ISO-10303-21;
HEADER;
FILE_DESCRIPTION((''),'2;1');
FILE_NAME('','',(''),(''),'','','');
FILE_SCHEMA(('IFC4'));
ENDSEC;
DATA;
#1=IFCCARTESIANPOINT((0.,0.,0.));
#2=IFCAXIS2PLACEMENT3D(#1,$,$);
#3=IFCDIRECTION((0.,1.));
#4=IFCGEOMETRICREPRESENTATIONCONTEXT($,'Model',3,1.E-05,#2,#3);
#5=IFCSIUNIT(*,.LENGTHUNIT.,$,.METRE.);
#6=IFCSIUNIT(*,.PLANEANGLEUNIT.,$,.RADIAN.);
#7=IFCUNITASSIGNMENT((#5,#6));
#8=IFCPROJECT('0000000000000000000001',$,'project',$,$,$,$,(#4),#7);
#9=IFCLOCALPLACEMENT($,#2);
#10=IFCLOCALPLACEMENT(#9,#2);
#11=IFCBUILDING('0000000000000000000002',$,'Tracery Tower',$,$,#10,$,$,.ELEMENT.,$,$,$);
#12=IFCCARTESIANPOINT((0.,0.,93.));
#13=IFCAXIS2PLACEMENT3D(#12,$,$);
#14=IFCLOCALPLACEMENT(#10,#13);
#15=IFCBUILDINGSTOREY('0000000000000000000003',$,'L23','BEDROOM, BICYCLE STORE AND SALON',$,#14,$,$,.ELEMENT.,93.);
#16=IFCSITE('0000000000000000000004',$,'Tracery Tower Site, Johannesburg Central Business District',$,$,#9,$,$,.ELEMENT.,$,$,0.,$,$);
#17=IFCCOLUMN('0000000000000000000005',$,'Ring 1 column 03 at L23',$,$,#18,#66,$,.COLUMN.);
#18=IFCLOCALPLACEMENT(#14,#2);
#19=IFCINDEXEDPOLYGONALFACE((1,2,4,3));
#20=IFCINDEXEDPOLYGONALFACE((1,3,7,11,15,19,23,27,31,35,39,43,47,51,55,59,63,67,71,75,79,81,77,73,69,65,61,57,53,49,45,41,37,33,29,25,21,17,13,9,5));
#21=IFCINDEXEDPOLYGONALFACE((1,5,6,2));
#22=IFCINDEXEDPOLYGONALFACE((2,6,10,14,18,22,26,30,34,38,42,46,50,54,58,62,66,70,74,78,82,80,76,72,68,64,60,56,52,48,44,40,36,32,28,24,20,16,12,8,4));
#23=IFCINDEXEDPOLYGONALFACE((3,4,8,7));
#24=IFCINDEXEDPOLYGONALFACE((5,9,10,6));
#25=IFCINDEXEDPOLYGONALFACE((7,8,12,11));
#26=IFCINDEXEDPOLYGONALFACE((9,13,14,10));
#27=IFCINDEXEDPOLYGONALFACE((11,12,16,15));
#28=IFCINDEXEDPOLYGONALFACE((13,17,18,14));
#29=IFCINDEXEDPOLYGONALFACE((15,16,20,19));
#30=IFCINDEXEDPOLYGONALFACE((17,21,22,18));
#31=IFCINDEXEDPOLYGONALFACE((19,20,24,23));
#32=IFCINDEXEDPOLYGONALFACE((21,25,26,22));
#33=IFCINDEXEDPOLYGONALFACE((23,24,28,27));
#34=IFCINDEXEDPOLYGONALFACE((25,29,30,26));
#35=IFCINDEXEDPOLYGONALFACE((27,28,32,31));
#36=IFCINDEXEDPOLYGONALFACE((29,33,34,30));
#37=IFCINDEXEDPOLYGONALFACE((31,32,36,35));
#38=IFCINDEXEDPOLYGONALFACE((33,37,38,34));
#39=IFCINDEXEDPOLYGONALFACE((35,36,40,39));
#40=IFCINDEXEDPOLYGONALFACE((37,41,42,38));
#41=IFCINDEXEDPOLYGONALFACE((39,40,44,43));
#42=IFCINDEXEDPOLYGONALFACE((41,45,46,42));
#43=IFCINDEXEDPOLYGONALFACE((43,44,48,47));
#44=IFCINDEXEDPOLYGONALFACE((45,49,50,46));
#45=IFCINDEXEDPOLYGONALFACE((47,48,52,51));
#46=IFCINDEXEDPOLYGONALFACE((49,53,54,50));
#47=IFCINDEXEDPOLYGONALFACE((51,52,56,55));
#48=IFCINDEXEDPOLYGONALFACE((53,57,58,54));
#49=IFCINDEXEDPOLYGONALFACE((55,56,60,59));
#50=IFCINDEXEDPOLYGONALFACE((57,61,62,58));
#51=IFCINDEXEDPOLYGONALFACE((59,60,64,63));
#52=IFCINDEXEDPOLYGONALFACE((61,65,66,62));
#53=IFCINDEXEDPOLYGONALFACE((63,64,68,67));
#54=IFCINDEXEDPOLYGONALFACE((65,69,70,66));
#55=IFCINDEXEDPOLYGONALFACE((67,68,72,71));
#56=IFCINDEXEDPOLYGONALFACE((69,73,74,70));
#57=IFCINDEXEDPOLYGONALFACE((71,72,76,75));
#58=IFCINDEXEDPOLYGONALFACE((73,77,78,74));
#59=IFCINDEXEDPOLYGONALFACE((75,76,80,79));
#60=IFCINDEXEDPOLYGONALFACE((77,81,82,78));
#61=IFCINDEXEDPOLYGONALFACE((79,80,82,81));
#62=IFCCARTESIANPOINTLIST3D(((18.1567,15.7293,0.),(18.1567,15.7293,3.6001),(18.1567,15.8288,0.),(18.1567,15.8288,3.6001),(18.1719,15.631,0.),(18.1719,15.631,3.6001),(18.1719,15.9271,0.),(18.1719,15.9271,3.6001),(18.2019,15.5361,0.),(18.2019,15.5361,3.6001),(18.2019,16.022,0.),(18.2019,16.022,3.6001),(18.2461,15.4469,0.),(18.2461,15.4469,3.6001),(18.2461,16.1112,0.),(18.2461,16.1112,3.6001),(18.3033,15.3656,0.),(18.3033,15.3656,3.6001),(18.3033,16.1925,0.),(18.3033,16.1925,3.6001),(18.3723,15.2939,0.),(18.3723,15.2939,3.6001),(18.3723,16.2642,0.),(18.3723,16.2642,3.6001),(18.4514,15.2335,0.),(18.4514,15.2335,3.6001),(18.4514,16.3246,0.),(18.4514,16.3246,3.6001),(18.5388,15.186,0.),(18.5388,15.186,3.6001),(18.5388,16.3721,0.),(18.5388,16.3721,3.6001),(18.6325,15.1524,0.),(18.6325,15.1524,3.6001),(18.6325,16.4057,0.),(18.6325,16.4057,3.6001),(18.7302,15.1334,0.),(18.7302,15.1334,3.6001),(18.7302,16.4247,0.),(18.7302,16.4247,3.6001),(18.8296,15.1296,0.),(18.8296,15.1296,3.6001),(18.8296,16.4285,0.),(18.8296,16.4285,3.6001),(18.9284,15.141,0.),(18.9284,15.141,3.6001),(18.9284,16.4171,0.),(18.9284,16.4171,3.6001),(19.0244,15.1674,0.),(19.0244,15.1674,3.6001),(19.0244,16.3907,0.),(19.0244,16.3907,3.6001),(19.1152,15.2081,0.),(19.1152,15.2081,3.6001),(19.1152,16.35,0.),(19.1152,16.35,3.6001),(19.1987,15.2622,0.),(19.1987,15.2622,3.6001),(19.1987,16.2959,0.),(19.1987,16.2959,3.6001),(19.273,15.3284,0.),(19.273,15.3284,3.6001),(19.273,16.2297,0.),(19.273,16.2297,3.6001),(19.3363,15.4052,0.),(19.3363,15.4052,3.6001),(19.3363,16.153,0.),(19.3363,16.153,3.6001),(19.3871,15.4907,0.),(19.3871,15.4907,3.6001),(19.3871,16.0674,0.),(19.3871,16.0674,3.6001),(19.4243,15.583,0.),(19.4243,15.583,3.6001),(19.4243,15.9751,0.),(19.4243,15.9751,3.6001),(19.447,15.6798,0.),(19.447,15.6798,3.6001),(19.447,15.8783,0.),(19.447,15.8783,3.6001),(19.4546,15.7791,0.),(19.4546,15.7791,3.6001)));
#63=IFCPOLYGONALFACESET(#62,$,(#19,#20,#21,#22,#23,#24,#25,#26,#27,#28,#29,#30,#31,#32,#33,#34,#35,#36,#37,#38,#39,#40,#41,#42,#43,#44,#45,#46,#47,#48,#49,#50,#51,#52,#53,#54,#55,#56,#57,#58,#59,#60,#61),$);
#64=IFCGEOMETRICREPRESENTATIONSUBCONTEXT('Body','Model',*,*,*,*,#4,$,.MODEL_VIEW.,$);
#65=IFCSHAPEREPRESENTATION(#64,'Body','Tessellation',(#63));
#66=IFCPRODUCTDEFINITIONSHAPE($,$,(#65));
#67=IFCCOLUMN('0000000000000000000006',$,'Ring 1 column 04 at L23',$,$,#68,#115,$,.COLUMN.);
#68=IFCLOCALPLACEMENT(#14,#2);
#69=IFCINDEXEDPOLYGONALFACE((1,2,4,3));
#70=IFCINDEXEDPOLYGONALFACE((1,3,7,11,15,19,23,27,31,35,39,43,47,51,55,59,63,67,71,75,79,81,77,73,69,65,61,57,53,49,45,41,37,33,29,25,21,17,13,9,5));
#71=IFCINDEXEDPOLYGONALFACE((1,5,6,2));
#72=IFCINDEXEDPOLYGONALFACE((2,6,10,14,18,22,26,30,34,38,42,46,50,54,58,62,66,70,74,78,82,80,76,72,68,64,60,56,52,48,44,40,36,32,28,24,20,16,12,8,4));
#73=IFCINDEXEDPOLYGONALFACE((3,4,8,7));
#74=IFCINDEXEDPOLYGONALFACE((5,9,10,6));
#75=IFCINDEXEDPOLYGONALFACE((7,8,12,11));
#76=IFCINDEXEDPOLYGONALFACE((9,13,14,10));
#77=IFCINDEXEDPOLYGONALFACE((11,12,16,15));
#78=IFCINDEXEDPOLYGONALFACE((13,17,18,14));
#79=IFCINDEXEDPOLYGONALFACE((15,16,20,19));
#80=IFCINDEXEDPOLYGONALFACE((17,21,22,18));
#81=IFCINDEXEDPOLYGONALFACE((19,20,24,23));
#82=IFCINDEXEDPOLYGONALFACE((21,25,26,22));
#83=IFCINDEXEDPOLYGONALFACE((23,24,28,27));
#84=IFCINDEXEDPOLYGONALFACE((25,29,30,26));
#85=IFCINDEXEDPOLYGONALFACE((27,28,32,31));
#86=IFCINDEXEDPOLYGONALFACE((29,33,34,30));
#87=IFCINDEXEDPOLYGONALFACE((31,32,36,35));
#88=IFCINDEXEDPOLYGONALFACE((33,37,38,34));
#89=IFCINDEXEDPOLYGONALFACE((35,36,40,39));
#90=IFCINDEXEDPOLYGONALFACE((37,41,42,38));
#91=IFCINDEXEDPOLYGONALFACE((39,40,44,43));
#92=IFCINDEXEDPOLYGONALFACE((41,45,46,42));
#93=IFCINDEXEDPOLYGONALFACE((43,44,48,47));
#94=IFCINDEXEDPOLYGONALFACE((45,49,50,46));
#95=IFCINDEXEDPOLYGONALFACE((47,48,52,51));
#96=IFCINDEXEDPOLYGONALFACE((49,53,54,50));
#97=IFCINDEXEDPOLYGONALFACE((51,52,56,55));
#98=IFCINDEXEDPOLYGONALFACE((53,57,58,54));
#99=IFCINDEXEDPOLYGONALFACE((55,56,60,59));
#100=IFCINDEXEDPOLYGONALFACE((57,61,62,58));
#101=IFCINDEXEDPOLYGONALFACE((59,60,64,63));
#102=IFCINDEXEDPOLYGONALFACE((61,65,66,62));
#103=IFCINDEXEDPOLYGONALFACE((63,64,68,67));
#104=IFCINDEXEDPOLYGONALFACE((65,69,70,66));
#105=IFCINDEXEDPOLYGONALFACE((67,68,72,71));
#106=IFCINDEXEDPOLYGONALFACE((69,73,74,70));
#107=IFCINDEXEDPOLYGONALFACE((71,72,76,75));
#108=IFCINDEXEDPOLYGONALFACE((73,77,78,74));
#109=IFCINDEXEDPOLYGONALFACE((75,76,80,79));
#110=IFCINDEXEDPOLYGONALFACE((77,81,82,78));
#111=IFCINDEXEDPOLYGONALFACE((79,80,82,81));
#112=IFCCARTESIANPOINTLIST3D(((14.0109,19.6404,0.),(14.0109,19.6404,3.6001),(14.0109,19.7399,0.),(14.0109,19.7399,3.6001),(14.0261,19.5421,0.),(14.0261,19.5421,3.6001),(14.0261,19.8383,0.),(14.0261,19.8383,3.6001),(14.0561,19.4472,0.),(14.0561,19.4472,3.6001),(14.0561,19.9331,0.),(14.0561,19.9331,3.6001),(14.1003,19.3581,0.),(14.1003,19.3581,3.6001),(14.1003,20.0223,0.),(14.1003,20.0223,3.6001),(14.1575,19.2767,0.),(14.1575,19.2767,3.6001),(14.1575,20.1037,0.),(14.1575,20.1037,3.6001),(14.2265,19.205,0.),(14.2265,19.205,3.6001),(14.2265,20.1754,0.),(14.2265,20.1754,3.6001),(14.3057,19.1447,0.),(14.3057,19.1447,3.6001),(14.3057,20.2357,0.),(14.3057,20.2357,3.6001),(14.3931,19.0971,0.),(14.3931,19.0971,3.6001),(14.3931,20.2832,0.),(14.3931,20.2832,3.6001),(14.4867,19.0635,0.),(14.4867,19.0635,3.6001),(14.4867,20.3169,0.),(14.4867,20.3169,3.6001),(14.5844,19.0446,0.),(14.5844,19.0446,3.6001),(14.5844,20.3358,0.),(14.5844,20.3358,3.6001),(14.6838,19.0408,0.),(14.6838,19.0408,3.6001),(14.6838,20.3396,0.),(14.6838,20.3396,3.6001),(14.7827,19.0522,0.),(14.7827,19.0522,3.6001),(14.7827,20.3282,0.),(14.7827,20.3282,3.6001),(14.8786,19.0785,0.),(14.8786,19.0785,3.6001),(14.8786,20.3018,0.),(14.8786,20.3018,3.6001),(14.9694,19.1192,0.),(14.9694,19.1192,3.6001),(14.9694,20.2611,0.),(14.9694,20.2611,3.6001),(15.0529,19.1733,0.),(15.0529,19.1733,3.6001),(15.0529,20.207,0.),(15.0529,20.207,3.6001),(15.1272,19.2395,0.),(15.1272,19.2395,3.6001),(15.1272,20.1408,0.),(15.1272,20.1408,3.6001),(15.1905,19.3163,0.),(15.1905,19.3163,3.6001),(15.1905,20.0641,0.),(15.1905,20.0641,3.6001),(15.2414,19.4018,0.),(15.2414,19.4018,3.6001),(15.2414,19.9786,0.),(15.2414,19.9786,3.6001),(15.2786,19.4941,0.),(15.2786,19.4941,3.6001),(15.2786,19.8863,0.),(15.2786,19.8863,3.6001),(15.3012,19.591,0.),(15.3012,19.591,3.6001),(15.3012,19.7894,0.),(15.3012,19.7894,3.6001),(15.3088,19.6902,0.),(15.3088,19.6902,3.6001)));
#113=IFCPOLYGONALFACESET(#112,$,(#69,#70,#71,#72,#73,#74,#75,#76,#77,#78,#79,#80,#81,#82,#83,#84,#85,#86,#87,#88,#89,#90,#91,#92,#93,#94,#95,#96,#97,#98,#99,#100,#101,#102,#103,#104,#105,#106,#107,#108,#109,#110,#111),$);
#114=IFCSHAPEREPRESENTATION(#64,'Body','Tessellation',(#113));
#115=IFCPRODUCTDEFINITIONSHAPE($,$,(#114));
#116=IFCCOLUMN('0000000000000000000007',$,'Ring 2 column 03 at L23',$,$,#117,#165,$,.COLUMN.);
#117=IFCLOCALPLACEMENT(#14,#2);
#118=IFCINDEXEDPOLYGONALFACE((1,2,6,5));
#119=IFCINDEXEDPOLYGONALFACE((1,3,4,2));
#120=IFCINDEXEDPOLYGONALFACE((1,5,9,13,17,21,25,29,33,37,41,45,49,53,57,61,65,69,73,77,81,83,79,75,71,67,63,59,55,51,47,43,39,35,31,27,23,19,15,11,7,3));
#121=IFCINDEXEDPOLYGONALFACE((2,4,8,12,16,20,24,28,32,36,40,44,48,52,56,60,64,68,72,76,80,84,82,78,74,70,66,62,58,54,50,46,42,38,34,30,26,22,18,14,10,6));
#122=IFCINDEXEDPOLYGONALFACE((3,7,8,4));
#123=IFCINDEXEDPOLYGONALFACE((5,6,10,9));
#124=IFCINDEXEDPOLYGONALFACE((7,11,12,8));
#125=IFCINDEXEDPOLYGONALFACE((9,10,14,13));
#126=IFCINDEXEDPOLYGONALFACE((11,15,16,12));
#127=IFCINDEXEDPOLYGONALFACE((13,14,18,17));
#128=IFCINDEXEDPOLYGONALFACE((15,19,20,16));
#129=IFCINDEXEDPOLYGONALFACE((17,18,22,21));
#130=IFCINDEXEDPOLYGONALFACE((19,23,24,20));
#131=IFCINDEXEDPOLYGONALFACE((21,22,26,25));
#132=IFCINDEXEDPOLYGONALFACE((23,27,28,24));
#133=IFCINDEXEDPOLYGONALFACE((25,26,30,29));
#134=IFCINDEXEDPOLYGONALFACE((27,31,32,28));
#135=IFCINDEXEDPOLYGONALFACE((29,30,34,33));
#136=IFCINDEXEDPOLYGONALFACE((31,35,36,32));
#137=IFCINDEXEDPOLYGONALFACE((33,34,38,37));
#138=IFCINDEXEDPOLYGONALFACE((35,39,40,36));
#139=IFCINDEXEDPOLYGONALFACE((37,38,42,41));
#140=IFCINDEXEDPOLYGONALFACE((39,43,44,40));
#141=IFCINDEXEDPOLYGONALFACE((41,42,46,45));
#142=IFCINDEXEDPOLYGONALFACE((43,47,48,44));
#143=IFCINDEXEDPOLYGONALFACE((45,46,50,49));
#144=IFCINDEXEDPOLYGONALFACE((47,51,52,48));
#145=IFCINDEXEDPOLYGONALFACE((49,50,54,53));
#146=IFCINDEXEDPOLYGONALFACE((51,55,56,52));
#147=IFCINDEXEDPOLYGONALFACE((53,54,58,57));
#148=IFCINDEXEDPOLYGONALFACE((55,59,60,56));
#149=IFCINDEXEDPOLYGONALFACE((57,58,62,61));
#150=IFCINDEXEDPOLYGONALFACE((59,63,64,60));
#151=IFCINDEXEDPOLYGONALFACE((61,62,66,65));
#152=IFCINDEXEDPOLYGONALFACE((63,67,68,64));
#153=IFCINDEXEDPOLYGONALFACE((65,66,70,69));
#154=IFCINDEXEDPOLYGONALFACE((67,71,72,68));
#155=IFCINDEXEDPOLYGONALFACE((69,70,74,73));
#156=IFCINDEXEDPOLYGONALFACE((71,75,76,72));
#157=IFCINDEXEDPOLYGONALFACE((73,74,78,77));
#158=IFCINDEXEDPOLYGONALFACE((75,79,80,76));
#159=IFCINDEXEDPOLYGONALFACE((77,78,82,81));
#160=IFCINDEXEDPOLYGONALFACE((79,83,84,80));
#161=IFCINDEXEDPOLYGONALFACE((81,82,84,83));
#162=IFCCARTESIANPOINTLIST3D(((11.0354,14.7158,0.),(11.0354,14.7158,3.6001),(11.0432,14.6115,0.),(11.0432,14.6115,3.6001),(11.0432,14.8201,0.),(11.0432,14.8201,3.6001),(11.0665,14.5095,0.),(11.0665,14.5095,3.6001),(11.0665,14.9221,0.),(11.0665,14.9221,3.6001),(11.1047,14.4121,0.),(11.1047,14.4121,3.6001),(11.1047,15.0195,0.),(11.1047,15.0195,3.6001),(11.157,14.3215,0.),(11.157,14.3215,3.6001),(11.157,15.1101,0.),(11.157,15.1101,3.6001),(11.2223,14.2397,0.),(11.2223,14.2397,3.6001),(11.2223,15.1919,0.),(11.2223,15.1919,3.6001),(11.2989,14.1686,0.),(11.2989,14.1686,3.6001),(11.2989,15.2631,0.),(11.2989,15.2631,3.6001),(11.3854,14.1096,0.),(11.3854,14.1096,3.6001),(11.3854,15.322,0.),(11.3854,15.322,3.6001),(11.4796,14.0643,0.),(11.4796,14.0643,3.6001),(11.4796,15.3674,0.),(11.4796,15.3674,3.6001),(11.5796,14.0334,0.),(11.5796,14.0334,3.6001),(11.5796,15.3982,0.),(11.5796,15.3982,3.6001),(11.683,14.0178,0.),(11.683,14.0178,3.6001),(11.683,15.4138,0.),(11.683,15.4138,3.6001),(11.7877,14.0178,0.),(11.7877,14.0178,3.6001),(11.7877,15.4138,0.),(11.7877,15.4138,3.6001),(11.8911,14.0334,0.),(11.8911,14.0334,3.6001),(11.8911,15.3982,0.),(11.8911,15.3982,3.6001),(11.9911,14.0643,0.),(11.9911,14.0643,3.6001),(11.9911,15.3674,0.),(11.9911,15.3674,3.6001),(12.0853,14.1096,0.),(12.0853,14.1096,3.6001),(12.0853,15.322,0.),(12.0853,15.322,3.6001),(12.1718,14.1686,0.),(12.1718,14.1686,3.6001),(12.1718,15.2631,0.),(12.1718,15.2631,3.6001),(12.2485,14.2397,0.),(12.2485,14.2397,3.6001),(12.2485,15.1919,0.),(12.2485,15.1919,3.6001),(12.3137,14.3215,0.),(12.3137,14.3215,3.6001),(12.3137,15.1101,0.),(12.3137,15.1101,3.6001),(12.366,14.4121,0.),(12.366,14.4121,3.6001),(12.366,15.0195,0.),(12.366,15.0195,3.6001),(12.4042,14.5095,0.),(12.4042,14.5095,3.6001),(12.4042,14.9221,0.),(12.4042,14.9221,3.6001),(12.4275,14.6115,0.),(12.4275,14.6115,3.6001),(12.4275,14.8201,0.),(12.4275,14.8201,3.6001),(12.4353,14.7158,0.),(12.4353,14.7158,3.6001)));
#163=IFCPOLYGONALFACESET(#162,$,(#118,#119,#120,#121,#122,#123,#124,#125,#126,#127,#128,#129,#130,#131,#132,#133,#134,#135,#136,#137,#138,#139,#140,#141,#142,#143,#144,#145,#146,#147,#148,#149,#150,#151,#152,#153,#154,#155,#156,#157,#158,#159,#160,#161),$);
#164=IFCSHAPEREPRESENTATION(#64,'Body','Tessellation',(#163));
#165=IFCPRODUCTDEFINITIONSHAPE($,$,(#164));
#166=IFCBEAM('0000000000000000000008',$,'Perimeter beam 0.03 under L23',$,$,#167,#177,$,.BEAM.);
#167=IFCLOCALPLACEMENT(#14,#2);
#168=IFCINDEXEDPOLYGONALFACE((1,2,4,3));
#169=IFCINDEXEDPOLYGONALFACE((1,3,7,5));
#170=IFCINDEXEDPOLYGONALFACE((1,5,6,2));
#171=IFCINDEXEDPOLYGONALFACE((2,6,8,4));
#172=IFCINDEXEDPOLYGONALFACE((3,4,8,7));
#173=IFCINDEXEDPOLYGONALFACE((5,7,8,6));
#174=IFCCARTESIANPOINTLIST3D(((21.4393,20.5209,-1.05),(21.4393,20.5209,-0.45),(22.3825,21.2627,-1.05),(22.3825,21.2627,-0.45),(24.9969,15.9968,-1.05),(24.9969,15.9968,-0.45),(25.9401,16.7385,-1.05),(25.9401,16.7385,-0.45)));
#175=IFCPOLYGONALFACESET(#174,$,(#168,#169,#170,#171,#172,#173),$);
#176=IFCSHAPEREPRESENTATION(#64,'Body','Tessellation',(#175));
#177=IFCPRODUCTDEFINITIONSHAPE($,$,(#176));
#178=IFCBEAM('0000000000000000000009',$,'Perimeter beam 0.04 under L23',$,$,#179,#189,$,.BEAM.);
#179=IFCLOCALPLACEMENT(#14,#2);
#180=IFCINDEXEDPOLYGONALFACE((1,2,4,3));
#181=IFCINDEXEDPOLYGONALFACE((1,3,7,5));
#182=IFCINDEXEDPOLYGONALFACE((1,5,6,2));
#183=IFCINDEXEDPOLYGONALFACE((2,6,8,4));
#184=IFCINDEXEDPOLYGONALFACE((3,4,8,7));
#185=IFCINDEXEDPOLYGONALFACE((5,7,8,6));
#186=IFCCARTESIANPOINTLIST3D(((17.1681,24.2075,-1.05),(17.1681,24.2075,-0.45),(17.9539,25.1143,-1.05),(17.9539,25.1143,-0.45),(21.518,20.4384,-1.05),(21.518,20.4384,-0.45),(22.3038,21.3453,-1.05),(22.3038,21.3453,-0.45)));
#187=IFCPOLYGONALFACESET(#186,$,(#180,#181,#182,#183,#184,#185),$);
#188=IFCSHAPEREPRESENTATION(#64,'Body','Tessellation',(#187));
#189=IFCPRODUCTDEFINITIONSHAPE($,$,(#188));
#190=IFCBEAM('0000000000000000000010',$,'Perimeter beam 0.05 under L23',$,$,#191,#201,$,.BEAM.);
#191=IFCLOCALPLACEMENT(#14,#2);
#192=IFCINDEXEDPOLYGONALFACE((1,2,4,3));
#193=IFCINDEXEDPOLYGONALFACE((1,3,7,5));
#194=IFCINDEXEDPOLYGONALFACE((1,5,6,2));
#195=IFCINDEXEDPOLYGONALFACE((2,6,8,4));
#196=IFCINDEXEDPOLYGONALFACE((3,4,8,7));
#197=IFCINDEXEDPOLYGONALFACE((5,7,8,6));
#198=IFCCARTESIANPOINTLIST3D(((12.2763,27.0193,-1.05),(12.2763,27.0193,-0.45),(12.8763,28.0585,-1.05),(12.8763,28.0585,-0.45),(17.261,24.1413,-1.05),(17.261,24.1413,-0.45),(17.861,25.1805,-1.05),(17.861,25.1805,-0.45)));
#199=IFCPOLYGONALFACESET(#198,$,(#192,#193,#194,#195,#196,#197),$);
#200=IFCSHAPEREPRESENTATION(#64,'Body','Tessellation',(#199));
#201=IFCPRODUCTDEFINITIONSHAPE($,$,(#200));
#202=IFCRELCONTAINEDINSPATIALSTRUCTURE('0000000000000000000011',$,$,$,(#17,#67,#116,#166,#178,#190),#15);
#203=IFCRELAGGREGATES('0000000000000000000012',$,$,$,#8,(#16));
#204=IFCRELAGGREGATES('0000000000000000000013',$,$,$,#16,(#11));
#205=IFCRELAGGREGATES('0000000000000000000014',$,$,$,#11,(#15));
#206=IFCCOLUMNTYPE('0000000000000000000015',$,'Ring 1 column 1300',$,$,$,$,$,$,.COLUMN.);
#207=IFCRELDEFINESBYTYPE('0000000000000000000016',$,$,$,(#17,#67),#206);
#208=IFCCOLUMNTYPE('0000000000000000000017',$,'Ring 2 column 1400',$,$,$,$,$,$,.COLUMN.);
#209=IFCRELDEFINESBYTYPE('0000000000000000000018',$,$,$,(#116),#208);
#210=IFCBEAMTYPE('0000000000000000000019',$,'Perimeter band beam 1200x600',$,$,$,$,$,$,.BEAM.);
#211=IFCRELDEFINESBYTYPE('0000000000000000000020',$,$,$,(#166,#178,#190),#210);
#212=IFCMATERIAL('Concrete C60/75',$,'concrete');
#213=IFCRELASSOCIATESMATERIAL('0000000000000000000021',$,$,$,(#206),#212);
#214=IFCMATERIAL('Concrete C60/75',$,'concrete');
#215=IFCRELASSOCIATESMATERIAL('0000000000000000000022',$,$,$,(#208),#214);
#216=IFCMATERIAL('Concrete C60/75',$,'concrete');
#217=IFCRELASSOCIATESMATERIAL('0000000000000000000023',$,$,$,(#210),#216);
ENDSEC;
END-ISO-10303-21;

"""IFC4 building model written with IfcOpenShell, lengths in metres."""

from ifc_helpers import new_model, si_unit, direction, frame, origin, origin_2d, place, context, subcontext, project, spatial, rectangle, circle, extrude, material, material_profile, profile_set, type_object, element, save


model = new_model("IFC4")

# Units and contexts
model_context = context("Model", 3, precision=1e-05, world=origin(), true_north=direction((0.0, 1.0)))
body_context = subcontext(model_context, "Body", "Model", "MODEL_VIEW")
ifc_project = project(units=[si_unit("LENGTHUNIT", "METRE"), si_unit("PLANEANGLEUNIT", "RADIAN")], contexts=[model_context])

# Site, building, storey
site_placement = place(None, origin())
site = spatial("IfcSite", under=ifc_project, at=site_placement, Name="Tracery Tower Site, Johannesburg Central Business District", CompositionType="ELEMENT", RefElevation=0.0)
building_placement = place(site_placement, origin())
building = spatial("IfcBuilding", under=site, at=building_placement, Name="Tracery Tower", CompositionType="ELEMENT")
storey_placement = place(building_placement, frame((0.0, 0.0, 93.0)))
storey = spatial("IfcBuildingStorey", under=building, at=storey_placement, Name="L23", Description="BEDROOM, BICYCLE STORE AND SALON", CompositionType="ELEMENT", Elevation=93.0)

# Columns
ifc_material_1 = material(Name="Concrete C60/75", Category="concrete")
ifc_material_profile_1 = material_profile(ifc_material_1, circle(Radius=0.6499, at=origin_2d()), Name="RC D1300")
ifc_profile_set_1 = profile_set([ifc_material_profile_1], Name="Concrete C60/75")
column_type_1 = type_object("IfcColumnType", Name="Ring 1 column 1300", PredefinedType="COLUMN", material=ifc_profile_set_1)
for number, where, z_axis, x_axis, name in (
    (1, (18.8047, 15.7791, 0.0), (0.0, 0.0, 1.0), (1.0, 0.0, 0.0), "Ring 1 column 03 at L23"),
    (2, (14.6589, 19.6902, 0.0), (0.0, 0.0, 1.0), (1.0, 0.0, 0.0), "Ring 1 column 04 at L23"),
):
    element("IfcColumn", number, at=place(storey_placement, frame(where, z_axis=z_axis, x_axis=x_axis)), inside=storey, type_object=column_type_1, Name=name, PredefinedType="COLUMN", context=body_context, shape_type="SweptSolid", body=[
        extrude(circle(Radius=0.6499, at=origin_2d()), origin(), (0.0, 0.0, 1.0), 3.6001),
    ])
ifc_material_2 = material(Name="Concrete C60/75", Category="concrete")
ifc_material_profile_2 = material_profile(ifc_material_2, circle(Radius=0.7, at=origin_2d()), Name="RC D1400")
ifc_profile_set_2 = profile_set([ifc_material_profile_2], Name="Concrete C60/75")
column_type_2 = type_object("IfcColumnType", Name="Ring 2 column 1400", PredefinedType="COLUMN", material=ifc_profile_set_2)
column_placement = place(storey_placement, frame((11.7354, 14.7158, 0.0), z_axis=(0.0, 0.0, 1.0), x_axis=(1.0, 0.0, 0.0)))
element("IfcColumn", 3, at=column_placement, inside=storey, type_object=column_type_2, Name="Ring 2 column 03 at L23", PredefinedType="COLUMN", context=body_context, shape_type="SweptSolid", body=[
    extrude(circle(Radius=0.7, at=origin_2d()), origin(), (0.0, 0.0, 1.0), 3.6001),
])

# Beams
ifc_material_3 = material(Name="Concrete C60/75", Category="concrete")
ifc_material_profile_3 = material_profile(ifc_material_3, rectangle(XDim=1.2, YDim=0.6001, at=origin_2d()), Name="RC 1200x600")
ifc_profile_set_3 = profile_set([ifc_material_profile_3], Name="Concrete C60/75")
beam_type = type_object("IfcBeamType", Name="Perimeter band beam 1200x600", PredefinedType="BEAM", material=ifc_profile_set_3)
beam_1_placement = place(storey_placement, frame((25.4685, 16.3677, -0.75), z_axis=(-0.618134, 0.786072, 0.0), x_axis=(-0.786072, -0.618134, 0.0)))
element("IfcBeam", 4, at=beam_1_placement, inside=storey, type_object=beam_type, Name="Perimeter beam 0.03 under L23", PredefinedType="BEAM", context=body_context, shape_type="SweptSolid", body=[
    extrude(rectangle(XDim=1.2, YDim=0.6001, at=origin_2d()), origin(), (0.0, 0.0, 1.0), 5.7554),
])
beam_2_placement = place(storey_placement, frame((21.9109, 20.8918, -0.75), z_axis=(-0.75576, 0.654848, 0.0), x_axis=(-0.654848, -0.75576, 0.0)))
element("IfcBeam", 5, at=beam_2_placement, inside=storey, type_object=beam_type, Name="Perimeter beam 0.04 under L23", PredefinedType="BEAM", context=body_context, shape_type="SweptSolid", body=[
    extrude(rectangle(XDim=1.2, YDim=0.6001, at=origin_2d()), origin(), (0.0, 0.0, 1.0), 5.7556),
])
beam_3_placement = place(storey_placement, frame((17.561, 24.6609, -0.75), z_axis=(-0.866021, 0.500008, 0.0), x_axis=(-0.500008, -0.866021, 0.0)))
element("IfcBeam", 6, at=beam_3_placement, inside=storey, type_object=beam_type, Name="Perimeter beam 0.05 under L23", PredefinedType="BEAM", context=body_context, shape_type="SweptSolid", body=[
    extrude(rectangle(XDim=1.2, YDim=0.6001, at=origin_2d()), origin(), (0.0, 0.0, 1.0), 5.7559),
])

save(model, "model.ifc")
